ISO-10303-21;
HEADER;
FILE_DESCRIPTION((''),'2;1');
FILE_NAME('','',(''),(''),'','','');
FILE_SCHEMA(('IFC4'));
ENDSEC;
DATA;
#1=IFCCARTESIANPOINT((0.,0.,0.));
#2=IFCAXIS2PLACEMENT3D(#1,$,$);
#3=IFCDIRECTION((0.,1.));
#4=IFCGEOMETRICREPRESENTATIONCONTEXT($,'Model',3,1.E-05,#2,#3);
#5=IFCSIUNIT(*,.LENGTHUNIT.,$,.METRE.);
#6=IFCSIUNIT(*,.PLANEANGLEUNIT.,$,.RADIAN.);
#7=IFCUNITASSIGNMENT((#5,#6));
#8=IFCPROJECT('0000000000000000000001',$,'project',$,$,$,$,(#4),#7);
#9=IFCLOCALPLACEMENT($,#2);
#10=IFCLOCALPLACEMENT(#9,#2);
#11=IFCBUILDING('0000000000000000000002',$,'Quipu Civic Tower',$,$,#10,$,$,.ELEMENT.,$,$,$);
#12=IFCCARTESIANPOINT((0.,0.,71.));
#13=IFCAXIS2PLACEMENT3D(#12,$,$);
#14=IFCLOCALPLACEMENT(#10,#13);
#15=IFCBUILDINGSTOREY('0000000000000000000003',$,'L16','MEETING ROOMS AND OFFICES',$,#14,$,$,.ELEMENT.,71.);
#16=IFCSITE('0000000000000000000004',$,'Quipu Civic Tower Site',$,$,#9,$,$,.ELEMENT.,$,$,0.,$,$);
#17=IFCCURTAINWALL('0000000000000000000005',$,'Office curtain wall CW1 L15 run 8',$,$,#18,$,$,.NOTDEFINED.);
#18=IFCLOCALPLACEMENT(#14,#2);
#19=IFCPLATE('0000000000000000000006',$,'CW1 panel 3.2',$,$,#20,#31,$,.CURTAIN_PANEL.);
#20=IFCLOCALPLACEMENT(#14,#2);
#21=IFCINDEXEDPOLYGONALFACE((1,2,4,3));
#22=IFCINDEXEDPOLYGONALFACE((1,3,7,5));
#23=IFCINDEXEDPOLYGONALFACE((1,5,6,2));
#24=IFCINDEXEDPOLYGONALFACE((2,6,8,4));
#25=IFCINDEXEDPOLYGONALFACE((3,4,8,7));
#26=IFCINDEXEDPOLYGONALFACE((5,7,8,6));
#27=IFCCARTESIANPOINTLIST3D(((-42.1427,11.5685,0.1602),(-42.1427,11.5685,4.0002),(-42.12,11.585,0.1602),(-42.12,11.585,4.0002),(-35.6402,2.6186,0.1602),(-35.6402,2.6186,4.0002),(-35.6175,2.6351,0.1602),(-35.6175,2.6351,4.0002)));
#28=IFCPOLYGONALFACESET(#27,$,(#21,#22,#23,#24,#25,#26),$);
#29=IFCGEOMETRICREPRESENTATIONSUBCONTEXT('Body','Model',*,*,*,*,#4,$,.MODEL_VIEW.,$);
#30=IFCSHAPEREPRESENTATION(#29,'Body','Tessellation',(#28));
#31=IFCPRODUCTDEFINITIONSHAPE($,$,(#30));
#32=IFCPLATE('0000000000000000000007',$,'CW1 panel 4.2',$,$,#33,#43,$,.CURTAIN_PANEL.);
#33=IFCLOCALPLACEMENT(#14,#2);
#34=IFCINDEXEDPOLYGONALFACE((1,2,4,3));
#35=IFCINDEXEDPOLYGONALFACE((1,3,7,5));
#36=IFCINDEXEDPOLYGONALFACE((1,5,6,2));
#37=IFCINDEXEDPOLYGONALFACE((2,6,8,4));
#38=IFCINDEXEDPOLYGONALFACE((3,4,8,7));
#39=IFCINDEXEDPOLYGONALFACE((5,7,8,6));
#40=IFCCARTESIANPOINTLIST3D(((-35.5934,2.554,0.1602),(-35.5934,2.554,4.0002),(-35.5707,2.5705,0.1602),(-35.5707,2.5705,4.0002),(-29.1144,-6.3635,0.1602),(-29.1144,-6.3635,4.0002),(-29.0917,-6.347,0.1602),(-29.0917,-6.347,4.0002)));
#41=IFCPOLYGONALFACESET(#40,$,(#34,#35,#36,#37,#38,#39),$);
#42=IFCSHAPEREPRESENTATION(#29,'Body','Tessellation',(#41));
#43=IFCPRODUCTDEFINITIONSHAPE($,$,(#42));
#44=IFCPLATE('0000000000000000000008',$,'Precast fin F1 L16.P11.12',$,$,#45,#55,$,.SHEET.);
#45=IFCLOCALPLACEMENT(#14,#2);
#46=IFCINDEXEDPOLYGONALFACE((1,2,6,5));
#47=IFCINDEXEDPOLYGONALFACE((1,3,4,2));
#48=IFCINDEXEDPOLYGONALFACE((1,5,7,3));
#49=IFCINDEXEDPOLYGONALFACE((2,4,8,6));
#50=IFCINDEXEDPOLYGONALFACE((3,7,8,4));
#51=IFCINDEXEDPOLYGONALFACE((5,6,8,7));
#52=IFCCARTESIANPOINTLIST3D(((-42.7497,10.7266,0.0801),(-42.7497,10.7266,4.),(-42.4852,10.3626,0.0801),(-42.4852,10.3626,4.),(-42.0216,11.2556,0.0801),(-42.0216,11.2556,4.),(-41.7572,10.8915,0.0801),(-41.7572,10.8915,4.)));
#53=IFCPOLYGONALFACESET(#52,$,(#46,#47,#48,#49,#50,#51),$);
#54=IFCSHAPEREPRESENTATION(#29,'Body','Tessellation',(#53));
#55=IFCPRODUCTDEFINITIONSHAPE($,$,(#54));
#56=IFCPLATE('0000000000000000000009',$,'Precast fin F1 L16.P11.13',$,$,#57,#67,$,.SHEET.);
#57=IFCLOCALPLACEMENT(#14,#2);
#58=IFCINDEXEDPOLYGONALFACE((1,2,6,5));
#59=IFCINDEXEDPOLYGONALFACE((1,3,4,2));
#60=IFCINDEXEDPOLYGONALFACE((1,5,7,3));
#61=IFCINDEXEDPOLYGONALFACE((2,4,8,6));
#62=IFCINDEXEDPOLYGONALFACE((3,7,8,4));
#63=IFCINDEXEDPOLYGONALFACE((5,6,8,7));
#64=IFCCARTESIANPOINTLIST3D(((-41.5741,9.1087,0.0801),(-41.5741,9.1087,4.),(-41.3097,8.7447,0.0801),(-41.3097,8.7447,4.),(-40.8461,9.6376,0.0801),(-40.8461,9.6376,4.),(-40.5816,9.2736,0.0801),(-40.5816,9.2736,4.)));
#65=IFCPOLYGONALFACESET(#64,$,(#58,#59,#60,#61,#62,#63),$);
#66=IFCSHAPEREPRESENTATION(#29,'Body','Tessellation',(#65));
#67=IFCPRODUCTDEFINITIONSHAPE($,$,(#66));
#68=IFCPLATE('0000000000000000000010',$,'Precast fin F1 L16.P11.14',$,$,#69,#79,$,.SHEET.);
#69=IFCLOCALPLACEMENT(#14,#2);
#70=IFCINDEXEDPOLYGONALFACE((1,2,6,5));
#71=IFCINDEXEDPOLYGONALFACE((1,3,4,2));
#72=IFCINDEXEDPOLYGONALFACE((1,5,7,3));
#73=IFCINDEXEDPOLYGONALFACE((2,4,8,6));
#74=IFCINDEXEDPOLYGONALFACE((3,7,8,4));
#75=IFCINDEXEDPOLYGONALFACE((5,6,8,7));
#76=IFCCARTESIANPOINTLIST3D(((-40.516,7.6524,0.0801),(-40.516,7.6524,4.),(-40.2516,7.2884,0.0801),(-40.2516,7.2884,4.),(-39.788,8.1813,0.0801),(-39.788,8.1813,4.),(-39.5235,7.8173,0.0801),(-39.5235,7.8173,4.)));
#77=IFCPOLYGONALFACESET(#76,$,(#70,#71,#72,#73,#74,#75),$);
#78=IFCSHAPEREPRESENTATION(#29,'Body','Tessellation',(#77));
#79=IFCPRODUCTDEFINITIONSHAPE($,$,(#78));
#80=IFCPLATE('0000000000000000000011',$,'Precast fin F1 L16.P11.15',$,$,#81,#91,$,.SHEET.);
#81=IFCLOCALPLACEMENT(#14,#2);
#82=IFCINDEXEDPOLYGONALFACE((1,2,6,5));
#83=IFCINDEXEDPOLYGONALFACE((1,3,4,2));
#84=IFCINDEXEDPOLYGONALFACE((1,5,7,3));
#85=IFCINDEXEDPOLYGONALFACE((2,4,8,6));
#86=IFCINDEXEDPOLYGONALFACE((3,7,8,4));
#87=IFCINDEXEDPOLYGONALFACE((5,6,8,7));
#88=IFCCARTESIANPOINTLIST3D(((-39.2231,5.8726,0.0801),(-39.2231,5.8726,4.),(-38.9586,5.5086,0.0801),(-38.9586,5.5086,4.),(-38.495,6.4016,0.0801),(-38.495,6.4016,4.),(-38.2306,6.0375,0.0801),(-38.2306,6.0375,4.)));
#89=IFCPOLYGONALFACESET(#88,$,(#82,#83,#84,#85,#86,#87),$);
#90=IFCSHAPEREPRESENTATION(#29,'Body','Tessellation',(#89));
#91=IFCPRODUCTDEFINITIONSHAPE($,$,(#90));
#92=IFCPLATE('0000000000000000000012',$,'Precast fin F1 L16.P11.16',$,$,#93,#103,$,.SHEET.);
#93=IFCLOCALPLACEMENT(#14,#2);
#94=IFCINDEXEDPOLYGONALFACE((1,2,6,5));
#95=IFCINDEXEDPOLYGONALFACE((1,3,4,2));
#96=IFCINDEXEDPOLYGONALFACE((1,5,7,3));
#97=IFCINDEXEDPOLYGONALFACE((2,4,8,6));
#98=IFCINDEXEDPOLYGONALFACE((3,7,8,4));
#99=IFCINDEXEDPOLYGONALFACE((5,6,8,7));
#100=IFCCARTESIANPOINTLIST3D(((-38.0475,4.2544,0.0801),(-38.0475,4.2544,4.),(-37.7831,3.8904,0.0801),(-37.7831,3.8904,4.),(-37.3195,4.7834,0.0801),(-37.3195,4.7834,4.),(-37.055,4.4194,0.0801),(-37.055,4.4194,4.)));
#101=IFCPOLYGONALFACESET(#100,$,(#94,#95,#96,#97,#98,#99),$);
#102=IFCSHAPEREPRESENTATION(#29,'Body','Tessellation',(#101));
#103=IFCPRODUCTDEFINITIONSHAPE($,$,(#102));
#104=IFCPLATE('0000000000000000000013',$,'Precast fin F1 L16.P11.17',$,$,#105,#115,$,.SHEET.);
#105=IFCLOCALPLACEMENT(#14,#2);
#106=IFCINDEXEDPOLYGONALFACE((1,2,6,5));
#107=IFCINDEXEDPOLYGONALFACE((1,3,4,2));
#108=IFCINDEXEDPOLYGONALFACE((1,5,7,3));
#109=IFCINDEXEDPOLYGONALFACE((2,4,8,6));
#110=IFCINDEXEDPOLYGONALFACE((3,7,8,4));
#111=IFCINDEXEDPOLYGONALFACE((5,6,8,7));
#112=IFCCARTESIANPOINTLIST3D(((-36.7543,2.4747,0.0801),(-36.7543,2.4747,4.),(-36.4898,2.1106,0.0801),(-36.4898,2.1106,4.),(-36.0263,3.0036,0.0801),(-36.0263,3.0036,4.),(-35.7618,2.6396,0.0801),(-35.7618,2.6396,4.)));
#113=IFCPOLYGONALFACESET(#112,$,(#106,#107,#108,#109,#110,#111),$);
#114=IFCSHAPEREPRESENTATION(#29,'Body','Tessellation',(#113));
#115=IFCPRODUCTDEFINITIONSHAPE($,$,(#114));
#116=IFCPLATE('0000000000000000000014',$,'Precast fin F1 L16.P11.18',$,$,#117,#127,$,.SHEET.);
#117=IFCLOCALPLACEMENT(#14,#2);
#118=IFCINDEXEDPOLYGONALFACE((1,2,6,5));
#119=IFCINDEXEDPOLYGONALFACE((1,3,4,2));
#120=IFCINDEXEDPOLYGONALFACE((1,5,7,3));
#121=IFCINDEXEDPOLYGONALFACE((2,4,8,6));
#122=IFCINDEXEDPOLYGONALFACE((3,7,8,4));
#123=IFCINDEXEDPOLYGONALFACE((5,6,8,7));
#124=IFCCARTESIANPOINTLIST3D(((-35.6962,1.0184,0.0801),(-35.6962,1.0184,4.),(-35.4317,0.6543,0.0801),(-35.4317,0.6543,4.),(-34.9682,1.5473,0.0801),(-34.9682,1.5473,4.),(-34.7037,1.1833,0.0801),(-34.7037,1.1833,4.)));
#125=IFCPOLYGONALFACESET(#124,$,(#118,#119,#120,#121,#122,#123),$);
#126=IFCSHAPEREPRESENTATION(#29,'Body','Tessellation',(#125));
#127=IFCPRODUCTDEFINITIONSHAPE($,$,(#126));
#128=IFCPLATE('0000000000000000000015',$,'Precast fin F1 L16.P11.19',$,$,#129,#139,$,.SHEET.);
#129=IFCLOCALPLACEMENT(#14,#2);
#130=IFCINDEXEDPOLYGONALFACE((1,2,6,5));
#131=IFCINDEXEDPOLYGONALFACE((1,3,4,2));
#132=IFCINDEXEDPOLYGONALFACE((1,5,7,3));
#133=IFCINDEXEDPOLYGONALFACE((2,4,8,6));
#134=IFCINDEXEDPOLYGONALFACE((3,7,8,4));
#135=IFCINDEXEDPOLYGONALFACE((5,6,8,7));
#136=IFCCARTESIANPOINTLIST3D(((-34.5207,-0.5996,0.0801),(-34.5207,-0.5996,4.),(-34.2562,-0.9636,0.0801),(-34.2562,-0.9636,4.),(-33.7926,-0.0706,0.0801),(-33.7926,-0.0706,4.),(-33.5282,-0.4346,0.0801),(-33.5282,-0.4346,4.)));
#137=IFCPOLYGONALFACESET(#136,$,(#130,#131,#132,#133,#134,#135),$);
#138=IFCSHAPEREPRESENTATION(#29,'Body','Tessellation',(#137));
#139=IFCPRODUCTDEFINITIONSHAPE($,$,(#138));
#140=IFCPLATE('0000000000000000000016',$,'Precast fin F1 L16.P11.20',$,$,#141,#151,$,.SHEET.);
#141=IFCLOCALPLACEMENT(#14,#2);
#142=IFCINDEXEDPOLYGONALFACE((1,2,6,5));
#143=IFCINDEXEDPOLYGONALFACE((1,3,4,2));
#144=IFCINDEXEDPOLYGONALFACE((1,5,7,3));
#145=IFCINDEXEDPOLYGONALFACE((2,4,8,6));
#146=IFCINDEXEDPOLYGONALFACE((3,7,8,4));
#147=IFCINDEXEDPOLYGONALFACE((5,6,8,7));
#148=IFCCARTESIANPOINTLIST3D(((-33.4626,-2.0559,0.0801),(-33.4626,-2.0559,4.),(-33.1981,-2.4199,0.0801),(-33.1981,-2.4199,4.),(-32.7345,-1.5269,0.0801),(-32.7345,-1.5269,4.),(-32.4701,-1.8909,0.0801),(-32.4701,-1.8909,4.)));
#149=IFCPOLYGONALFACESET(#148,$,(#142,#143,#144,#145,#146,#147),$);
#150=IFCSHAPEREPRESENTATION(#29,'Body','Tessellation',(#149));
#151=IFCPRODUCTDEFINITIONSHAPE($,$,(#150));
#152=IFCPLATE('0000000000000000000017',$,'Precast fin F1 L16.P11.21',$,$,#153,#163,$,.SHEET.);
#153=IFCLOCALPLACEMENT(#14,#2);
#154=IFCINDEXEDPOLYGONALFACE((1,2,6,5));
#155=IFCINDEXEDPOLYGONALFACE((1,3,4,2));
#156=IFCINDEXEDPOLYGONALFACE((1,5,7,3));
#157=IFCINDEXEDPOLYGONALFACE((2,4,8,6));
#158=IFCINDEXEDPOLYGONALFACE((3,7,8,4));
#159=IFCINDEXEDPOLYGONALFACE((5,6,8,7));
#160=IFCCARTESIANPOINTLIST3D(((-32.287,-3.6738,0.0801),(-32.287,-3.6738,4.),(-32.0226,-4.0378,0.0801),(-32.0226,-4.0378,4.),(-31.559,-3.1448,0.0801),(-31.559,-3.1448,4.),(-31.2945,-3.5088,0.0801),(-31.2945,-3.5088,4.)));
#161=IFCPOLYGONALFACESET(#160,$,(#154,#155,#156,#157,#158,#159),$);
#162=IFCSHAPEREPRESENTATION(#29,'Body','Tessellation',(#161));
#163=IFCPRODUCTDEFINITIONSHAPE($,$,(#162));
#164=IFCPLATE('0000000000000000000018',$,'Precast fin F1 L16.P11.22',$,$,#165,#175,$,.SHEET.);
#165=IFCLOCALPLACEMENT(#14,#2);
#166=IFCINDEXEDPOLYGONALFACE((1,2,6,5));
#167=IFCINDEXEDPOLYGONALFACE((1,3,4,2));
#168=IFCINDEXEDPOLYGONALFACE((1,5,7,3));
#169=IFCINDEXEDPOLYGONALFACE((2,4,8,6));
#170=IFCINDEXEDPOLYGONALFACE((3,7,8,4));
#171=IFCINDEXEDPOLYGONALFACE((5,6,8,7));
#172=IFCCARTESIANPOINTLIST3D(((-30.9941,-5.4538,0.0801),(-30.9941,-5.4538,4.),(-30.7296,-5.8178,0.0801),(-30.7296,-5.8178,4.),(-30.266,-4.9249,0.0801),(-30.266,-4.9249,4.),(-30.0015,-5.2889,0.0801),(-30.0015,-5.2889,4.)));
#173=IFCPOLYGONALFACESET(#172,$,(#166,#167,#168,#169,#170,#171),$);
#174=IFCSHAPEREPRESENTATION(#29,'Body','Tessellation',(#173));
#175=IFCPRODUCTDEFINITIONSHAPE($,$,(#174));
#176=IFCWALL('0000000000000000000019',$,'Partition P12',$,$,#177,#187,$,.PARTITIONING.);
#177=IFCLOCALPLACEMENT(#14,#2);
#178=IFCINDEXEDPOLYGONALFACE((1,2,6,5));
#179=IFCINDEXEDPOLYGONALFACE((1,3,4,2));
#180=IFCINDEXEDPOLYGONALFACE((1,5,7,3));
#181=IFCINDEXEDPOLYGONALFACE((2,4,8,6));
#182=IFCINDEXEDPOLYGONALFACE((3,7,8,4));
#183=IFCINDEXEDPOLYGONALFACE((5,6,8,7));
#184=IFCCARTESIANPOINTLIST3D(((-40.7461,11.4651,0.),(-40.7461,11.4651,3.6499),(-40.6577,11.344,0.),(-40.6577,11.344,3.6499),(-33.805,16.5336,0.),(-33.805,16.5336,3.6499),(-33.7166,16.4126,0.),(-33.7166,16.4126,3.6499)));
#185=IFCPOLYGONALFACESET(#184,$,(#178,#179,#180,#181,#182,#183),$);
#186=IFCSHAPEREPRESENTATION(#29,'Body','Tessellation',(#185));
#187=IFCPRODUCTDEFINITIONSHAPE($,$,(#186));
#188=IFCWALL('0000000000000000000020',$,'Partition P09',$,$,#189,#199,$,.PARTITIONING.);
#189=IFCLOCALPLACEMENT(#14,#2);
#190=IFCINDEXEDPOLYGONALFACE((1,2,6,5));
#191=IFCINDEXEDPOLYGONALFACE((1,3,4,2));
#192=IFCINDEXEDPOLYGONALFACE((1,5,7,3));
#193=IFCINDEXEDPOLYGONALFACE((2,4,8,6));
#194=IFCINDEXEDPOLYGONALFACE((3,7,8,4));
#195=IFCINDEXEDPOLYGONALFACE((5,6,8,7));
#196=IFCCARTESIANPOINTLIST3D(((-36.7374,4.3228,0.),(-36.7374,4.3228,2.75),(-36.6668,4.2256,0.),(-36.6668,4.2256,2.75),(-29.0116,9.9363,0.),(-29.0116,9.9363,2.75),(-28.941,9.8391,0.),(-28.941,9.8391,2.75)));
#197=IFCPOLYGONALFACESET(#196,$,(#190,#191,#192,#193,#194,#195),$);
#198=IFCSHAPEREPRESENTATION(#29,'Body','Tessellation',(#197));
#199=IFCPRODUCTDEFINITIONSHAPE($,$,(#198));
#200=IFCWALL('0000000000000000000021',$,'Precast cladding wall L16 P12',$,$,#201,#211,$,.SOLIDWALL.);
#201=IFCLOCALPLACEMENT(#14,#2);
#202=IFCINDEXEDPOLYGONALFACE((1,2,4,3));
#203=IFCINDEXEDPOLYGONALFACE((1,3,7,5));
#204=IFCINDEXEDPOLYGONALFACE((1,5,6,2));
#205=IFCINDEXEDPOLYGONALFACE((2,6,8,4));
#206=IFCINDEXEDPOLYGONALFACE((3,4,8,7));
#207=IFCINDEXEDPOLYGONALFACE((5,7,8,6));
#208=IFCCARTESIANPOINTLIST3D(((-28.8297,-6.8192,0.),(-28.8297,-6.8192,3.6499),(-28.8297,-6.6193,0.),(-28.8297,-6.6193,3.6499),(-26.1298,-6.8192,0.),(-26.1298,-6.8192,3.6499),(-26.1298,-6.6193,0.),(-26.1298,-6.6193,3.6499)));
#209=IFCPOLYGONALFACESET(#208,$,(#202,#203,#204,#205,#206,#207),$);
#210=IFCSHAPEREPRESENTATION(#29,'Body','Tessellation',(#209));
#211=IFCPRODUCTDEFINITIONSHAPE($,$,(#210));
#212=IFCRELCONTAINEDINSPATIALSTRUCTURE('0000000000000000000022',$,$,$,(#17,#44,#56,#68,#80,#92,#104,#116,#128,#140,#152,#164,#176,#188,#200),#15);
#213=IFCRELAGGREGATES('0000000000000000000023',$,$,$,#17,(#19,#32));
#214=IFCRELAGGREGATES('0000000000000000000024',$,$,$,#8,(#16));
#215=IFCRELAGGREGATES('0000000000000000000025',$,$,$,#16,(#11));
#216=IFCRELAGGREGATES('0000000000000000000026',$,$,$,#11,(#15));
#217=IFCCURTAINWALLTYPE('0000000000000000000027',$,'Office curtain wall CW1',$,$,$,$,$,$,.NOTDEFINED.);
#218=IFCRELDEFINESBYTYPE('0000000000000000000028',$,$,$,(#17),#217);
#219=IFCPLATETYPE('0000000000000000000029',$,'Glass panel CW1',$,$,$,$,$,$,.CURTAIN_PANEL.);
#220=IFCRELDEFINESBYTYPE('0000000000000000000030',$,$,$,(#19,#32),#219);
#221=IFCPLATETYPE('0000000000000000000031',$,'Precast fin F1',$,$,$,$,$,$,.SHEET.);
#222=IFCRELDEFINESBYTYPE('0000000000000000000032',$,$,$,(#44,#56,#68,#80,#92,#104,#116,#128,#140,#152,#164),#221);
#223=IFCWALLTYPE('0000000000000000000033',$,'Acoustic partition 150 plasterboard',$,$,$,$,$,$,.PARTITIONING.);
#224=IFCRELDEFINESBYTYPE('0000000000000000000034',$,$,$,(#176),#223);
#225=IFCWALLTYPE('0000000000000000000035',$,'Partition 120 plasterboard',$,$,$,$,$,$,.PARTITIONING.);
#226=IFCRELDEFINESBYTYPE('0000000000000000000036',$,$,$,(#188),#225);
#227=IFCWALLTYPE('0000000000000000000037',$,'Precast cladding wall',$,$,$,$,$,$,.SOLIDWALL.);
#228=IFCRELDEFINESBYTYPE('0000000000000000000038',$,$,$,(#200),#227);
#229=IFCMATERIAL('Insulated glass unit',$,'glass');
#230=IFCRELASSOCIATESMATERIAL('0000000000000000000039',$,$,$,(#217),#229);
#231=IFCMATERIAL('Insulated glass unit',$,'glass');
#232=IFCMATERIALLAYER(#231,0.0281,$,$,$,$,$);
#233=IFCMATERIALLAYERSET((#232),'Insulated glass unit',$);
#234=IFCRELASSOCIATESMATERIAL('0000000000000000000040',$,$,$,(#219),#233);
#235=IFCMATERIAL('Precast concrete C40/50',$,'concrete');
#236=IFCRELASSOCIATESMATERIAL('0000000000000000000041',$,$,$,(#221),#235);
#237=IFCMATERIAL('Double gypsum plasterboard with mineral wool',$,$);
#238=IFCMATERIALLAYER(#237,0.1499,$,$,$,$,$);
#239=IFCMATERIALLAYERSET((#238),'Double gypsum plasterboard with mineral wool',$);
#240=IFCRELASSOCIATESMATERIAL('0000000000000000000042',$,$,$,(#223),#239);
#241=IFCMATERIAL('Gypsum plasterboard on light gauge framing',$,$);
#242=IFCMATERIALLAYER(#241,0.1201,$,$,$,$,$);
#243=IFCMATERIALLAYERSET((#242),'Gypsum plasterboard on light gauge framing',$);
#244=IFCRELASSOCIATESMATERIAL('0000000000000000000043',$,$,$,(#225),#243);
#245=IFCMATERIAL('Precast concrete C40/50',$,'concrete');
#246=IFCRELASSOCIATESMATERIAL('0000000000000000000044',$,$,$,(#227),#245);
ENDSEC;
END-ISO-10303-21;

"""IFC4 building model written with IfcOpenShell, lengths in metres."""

from ifc_helpers import new_model, si_unit, direction, frame, frame_2d, origin, origin_2d, place, context, subcontext, project, spatial, rectangle, extrude, material, layer, layer_set, type_object, element, aggregate, save


model = new_model("IFC4")

# Units and contexts
model_context = context("Model", 3, precision=1e-05, world=origin(), true_north=direction((0.0, 1.0)))
body_context = subcontext(model_context, "Body", "Model", "MODEL_VIEW")
ifc_project = project(units=[si_unit("LENGTHUNIT", "METRE"), si_unit("PLANEANGLEUNIT", "RADIAN")], contexts=[model_context])

# Site, building, storey
site_placement = place(None, origin())
site = spatial("IfcSite", under=ifc_project, at=site_placement, Name="Quipu Civic Tower Site", CompositionType="ELEMENT", RefElevation=0.0)
building_placement = place(site_placement, origin())
building = spatial("IfcBuilding", under=site, at=building_placement, Name="Quipu Civic Tower", CompositionType="ELEMENT")
storey_placement = place(building_placement, frame((0.0, 0.0, 71.0)))
storey = spatial("IfcBuildingStorey", under=building, at=storey_placement, Name="L16", Description="MEETING ROOMS AND OFFICES", CompositionType="ELEMENT", Elevation=71.0)

# Curtain wall
ifc_material_1 = material(Name="Insulated glass unit", Category="glass")
curtain_wall_type = type_object("IfcCurtainWallType", Name="Office curtain wall CW1", PredefinedType="NOTDEFINED", material=ifc_material_1)
curtain_wall_placement = place(storey_placement, origin())
curtain_wall = element("IfcCurtainWall", 1, at=curtain_wall_placement, inside=storey, type_object=curtain_wall_type, Name="Office curtain wall CW1 L15 run 8", PredefinedType="NOTDEFINED")

# Plates
ifc_material_2 = material(Name="Insulated glass unit", Category="glass")
ifc_layer_1 = layer(ifc_material_2, 0.0281)
ifc_layer_set_1 = layer_set([ifc_layer_1], Name="Insulated glass unit")
plate_type_1 = type_object("IfcPlateType", Name="Glass panel CW1", PredefinedType="CURTAIN_PANEL", material=ifc_layer_set_1)
plate_1_placement = place(storey_placement, frame((-38.8801, 7.1018, 0.1602), z_axis=(0.0, 0.0, 1.0), x_axis=(0.587786, -0.809017, 0.0)))
plate_1 = element("IfcPlate", 2, at=plate_1_placement, type_object=plate_type_1, Name="CW1 panel 3.2", PredefinedType="CURTAIN_PANEL", context=body_context, shape_type="SweptSolid", body=[
    extrude(rectangle(XDim=11.0627, YDim=0.0281, at=origin_2d()), origin(), (0.0, 0.0, 1.0), 3.8401),
])
plate_2_placement = place(storey_placement, frame((-32.3425, -1.8965, 0.1602), z_axis=(0.0, 0.0, 1.0), x_axis=(0.587786, -0.809017, 0.0)))
plate_2 = element("IfcPlate", 3, at=plate_2_placement, type_object=plate_type_1, Name="CW1 panel 4.2", PredefinedType="CURTAIN_PANEL", context=body_context, shape_type="SweptSolid", body=[
    extrude(rectangle(XDim=11.0227, YDim=0.0281, at=origin_2d()), origin(), (0.0, 0.0, 1.0), 3.8401),
])
aggregate(curtain_wall, [plate_1, plate_2])

# Plates
ifc_material_3 = material(Name="Precast concrete C40/50", Category="concrete")
plate_type_2 = type_object("IfcPlateType", Name="Precast fin F1", PredefinedType="SHEET", material=ifc_material_3)
for number, where, z_axis, x_axis, name in (
    (4, (-42.2534, 10.8091, 0.0801), (0.0, 0.0, 1.0), (0.587786, -0.809017, 0.0), "Precast fin F1 L16.P11.12"),
    (5, (-41.0779, 9.1912, 0.0801), (0.0, 0.0, 1.0), (0.587786, -0.809017, 0.0), "Precast fin F1 L16.P11.13"),
    (6, (-40.0198, 7.7349, 0.0801), (0.0, 0.0, 1.0), (0.587786, -0.809017, 0.0), "Precast fin F1 L16.P11.14"),
    (7, (-38.7268, 5.9551, 0.0801), (0.0, 0.0, 1.0), (0.587786, -0.809017, 0.0), "Precast fin F1 L16.P11.15"),
    (8, (-37.5513, 4.3369, 0.0801), (0.0, 0.0, 1.0), (0.587786, -0.809017, 0.0), "Precast fin F1 L16.P11.16"),
    (9, (-36.2581, 2.5571, 0.0801), (0.0, 0.0, 1.0), (0.587786, -0.809017, 0.0), "Precast fin F1 L16.P11.17"),
    (10, (-35.2, 1.1008, 0.0801), (0.0, 0.0, 1.0), (0.587786, -0.809017, 0.0), "Precast fin F1 L16.P11.18"),
    (11, (-34.0244, -0.5171, 0.0801), (0.0, 0.0, 1.0), (0.587786, -0.809017, 0.0), "Precast fin F1 L16.P11.19"),
    (12, (-32.9663, -1.9734, 0.0801), (0.0, 0.0, 1.0), (0.587786, -0.809017, 0.0), "Precast fin F1 L16.P11.20"),
    (13, (-31.7908, -3.5913, 0.0801), (0.0, 0.0, 1.0), (0.587786, -0.809017, 0.0), "Precast fin F1 L16.P11.21"),
    (14, (-30.4978, -5.3713, 0.0801), (0.0, 0.0, 1.0), (0.587786, -0.809017, 0.0), "Precast fin F1 L16.P11.22"),
):
    element("IfcPlate", number, at=place(storey_placement, frame(where, z_axis=z_axis, x_axis=x_axis)), inside=storey, type_object=plate_type_2, Name=name, PredefinedType="SHEET", context=body_context, shape_type="SweptSolid", body=[
        extrude(rectangle(XDim=0.45, YDim=0.8999, at=origin_2d()), origin(), (0.0, 0.0, 1.0), 3.9199),
    ])

# Walls
ifc_material_4 = material(Name="Double gypsum plasterboard with mineral wool")
ifc_layer_2 = layer(ifc_material_4, 0.1499)
ifc_layer_set_2 = layer_set([ifc_layer_2], Name="Double gypsum plasterboard with mineral wool")
wall_type_1 = type_object("IfcWallType", Name="Acoustic partition 150 plasterboard", PredefinedType="PARTITIONING", material=ifc_layer_set_2)
wall_1_placement = place(storey_placement, frame((-40.7019, 11.4045, 0.0), z_axis=(0.0, 0.0, 1.0), x_axis=(0.807601, 0.58973, 0.0)))
element("IfcWall", 15, at=wall_1_placement, inside=storey, type_object=wall_type_1, Name="Partition P12", PredefinedType="PARTITIONING", context=body_context, shape_type="SweptSolid", body=[
    extrude(rectangle(XDim=8.5947, YDim=0.1499, at=frame_2d((4.2974, 0.0))), origin(), (0.0, 0.0, 1.0), 3.6499),
])
ifc_material_5 = material(Name="Gypsum plasterboard on light gauge framing")
ifc_layer_3 = layer(ifc_material_5, 0.1201)
ifc_layer_set_3 = layer_set([ifc_layer_3], Name="Gypsum plasterboard on light gauge framing")
wall_type_2 = type_object("IfcWallType", Name="Partition 120 plasterboard", PredefinedType="PARTITIONING", material=ifc_layer_set_3)
wall_2_placement = place(storey_placement, frame((-28.9763, 9.8877, 0.0), z_axis=(0.0, 0.0, 1.0), x_axis=(-0.808998, -0.587811, 0.0)))
element("IfcWall", 16, at=wall_2_placement, inside=storey, type_object=wall_type_2, Name="Partition P09", PredefinedType="PARTITIONING", context=body_context, shape_type="SweptSolid", body=[
    extrude(rectangle(XDim=9.5498, YDim=0.1201, at=frame_2d((4.7749, 0.0))), origin(), (0.0, 0.0, 1.0), 2.75),
])
ifc_material_6 = material(Name="Precast concrete C40/50", Category="concrete")
wall_type_3 = type_object("IfcWallType", Name="Precast cladding wall", PredefinedType="SOLIDWALL", material=ifc_material_6)
wall_3_placement = place(storey_placement, frame((-28.8298, -6.7192, 0.0), z_axis=(0.0, 0.0, 1.0), x_axis=(1.0, 0.0, 0.0)))
element("IfcWall", 17, at=wall_3_placement, inside=storey, type_object=wall_type_3, Name="Precast cladding wall L16 P12", PredefinedType="SOLIDWALL", context=body_context, shape_type="SweptSolid", body=[
    extrude(rectangle(XDim=2.7, YDim=0.2, at=frame_2d((1.3501, 0.0))), origin(), (0.0, 0.0, 1.0), 3.6499),
])

save(model, "model.ifc")
